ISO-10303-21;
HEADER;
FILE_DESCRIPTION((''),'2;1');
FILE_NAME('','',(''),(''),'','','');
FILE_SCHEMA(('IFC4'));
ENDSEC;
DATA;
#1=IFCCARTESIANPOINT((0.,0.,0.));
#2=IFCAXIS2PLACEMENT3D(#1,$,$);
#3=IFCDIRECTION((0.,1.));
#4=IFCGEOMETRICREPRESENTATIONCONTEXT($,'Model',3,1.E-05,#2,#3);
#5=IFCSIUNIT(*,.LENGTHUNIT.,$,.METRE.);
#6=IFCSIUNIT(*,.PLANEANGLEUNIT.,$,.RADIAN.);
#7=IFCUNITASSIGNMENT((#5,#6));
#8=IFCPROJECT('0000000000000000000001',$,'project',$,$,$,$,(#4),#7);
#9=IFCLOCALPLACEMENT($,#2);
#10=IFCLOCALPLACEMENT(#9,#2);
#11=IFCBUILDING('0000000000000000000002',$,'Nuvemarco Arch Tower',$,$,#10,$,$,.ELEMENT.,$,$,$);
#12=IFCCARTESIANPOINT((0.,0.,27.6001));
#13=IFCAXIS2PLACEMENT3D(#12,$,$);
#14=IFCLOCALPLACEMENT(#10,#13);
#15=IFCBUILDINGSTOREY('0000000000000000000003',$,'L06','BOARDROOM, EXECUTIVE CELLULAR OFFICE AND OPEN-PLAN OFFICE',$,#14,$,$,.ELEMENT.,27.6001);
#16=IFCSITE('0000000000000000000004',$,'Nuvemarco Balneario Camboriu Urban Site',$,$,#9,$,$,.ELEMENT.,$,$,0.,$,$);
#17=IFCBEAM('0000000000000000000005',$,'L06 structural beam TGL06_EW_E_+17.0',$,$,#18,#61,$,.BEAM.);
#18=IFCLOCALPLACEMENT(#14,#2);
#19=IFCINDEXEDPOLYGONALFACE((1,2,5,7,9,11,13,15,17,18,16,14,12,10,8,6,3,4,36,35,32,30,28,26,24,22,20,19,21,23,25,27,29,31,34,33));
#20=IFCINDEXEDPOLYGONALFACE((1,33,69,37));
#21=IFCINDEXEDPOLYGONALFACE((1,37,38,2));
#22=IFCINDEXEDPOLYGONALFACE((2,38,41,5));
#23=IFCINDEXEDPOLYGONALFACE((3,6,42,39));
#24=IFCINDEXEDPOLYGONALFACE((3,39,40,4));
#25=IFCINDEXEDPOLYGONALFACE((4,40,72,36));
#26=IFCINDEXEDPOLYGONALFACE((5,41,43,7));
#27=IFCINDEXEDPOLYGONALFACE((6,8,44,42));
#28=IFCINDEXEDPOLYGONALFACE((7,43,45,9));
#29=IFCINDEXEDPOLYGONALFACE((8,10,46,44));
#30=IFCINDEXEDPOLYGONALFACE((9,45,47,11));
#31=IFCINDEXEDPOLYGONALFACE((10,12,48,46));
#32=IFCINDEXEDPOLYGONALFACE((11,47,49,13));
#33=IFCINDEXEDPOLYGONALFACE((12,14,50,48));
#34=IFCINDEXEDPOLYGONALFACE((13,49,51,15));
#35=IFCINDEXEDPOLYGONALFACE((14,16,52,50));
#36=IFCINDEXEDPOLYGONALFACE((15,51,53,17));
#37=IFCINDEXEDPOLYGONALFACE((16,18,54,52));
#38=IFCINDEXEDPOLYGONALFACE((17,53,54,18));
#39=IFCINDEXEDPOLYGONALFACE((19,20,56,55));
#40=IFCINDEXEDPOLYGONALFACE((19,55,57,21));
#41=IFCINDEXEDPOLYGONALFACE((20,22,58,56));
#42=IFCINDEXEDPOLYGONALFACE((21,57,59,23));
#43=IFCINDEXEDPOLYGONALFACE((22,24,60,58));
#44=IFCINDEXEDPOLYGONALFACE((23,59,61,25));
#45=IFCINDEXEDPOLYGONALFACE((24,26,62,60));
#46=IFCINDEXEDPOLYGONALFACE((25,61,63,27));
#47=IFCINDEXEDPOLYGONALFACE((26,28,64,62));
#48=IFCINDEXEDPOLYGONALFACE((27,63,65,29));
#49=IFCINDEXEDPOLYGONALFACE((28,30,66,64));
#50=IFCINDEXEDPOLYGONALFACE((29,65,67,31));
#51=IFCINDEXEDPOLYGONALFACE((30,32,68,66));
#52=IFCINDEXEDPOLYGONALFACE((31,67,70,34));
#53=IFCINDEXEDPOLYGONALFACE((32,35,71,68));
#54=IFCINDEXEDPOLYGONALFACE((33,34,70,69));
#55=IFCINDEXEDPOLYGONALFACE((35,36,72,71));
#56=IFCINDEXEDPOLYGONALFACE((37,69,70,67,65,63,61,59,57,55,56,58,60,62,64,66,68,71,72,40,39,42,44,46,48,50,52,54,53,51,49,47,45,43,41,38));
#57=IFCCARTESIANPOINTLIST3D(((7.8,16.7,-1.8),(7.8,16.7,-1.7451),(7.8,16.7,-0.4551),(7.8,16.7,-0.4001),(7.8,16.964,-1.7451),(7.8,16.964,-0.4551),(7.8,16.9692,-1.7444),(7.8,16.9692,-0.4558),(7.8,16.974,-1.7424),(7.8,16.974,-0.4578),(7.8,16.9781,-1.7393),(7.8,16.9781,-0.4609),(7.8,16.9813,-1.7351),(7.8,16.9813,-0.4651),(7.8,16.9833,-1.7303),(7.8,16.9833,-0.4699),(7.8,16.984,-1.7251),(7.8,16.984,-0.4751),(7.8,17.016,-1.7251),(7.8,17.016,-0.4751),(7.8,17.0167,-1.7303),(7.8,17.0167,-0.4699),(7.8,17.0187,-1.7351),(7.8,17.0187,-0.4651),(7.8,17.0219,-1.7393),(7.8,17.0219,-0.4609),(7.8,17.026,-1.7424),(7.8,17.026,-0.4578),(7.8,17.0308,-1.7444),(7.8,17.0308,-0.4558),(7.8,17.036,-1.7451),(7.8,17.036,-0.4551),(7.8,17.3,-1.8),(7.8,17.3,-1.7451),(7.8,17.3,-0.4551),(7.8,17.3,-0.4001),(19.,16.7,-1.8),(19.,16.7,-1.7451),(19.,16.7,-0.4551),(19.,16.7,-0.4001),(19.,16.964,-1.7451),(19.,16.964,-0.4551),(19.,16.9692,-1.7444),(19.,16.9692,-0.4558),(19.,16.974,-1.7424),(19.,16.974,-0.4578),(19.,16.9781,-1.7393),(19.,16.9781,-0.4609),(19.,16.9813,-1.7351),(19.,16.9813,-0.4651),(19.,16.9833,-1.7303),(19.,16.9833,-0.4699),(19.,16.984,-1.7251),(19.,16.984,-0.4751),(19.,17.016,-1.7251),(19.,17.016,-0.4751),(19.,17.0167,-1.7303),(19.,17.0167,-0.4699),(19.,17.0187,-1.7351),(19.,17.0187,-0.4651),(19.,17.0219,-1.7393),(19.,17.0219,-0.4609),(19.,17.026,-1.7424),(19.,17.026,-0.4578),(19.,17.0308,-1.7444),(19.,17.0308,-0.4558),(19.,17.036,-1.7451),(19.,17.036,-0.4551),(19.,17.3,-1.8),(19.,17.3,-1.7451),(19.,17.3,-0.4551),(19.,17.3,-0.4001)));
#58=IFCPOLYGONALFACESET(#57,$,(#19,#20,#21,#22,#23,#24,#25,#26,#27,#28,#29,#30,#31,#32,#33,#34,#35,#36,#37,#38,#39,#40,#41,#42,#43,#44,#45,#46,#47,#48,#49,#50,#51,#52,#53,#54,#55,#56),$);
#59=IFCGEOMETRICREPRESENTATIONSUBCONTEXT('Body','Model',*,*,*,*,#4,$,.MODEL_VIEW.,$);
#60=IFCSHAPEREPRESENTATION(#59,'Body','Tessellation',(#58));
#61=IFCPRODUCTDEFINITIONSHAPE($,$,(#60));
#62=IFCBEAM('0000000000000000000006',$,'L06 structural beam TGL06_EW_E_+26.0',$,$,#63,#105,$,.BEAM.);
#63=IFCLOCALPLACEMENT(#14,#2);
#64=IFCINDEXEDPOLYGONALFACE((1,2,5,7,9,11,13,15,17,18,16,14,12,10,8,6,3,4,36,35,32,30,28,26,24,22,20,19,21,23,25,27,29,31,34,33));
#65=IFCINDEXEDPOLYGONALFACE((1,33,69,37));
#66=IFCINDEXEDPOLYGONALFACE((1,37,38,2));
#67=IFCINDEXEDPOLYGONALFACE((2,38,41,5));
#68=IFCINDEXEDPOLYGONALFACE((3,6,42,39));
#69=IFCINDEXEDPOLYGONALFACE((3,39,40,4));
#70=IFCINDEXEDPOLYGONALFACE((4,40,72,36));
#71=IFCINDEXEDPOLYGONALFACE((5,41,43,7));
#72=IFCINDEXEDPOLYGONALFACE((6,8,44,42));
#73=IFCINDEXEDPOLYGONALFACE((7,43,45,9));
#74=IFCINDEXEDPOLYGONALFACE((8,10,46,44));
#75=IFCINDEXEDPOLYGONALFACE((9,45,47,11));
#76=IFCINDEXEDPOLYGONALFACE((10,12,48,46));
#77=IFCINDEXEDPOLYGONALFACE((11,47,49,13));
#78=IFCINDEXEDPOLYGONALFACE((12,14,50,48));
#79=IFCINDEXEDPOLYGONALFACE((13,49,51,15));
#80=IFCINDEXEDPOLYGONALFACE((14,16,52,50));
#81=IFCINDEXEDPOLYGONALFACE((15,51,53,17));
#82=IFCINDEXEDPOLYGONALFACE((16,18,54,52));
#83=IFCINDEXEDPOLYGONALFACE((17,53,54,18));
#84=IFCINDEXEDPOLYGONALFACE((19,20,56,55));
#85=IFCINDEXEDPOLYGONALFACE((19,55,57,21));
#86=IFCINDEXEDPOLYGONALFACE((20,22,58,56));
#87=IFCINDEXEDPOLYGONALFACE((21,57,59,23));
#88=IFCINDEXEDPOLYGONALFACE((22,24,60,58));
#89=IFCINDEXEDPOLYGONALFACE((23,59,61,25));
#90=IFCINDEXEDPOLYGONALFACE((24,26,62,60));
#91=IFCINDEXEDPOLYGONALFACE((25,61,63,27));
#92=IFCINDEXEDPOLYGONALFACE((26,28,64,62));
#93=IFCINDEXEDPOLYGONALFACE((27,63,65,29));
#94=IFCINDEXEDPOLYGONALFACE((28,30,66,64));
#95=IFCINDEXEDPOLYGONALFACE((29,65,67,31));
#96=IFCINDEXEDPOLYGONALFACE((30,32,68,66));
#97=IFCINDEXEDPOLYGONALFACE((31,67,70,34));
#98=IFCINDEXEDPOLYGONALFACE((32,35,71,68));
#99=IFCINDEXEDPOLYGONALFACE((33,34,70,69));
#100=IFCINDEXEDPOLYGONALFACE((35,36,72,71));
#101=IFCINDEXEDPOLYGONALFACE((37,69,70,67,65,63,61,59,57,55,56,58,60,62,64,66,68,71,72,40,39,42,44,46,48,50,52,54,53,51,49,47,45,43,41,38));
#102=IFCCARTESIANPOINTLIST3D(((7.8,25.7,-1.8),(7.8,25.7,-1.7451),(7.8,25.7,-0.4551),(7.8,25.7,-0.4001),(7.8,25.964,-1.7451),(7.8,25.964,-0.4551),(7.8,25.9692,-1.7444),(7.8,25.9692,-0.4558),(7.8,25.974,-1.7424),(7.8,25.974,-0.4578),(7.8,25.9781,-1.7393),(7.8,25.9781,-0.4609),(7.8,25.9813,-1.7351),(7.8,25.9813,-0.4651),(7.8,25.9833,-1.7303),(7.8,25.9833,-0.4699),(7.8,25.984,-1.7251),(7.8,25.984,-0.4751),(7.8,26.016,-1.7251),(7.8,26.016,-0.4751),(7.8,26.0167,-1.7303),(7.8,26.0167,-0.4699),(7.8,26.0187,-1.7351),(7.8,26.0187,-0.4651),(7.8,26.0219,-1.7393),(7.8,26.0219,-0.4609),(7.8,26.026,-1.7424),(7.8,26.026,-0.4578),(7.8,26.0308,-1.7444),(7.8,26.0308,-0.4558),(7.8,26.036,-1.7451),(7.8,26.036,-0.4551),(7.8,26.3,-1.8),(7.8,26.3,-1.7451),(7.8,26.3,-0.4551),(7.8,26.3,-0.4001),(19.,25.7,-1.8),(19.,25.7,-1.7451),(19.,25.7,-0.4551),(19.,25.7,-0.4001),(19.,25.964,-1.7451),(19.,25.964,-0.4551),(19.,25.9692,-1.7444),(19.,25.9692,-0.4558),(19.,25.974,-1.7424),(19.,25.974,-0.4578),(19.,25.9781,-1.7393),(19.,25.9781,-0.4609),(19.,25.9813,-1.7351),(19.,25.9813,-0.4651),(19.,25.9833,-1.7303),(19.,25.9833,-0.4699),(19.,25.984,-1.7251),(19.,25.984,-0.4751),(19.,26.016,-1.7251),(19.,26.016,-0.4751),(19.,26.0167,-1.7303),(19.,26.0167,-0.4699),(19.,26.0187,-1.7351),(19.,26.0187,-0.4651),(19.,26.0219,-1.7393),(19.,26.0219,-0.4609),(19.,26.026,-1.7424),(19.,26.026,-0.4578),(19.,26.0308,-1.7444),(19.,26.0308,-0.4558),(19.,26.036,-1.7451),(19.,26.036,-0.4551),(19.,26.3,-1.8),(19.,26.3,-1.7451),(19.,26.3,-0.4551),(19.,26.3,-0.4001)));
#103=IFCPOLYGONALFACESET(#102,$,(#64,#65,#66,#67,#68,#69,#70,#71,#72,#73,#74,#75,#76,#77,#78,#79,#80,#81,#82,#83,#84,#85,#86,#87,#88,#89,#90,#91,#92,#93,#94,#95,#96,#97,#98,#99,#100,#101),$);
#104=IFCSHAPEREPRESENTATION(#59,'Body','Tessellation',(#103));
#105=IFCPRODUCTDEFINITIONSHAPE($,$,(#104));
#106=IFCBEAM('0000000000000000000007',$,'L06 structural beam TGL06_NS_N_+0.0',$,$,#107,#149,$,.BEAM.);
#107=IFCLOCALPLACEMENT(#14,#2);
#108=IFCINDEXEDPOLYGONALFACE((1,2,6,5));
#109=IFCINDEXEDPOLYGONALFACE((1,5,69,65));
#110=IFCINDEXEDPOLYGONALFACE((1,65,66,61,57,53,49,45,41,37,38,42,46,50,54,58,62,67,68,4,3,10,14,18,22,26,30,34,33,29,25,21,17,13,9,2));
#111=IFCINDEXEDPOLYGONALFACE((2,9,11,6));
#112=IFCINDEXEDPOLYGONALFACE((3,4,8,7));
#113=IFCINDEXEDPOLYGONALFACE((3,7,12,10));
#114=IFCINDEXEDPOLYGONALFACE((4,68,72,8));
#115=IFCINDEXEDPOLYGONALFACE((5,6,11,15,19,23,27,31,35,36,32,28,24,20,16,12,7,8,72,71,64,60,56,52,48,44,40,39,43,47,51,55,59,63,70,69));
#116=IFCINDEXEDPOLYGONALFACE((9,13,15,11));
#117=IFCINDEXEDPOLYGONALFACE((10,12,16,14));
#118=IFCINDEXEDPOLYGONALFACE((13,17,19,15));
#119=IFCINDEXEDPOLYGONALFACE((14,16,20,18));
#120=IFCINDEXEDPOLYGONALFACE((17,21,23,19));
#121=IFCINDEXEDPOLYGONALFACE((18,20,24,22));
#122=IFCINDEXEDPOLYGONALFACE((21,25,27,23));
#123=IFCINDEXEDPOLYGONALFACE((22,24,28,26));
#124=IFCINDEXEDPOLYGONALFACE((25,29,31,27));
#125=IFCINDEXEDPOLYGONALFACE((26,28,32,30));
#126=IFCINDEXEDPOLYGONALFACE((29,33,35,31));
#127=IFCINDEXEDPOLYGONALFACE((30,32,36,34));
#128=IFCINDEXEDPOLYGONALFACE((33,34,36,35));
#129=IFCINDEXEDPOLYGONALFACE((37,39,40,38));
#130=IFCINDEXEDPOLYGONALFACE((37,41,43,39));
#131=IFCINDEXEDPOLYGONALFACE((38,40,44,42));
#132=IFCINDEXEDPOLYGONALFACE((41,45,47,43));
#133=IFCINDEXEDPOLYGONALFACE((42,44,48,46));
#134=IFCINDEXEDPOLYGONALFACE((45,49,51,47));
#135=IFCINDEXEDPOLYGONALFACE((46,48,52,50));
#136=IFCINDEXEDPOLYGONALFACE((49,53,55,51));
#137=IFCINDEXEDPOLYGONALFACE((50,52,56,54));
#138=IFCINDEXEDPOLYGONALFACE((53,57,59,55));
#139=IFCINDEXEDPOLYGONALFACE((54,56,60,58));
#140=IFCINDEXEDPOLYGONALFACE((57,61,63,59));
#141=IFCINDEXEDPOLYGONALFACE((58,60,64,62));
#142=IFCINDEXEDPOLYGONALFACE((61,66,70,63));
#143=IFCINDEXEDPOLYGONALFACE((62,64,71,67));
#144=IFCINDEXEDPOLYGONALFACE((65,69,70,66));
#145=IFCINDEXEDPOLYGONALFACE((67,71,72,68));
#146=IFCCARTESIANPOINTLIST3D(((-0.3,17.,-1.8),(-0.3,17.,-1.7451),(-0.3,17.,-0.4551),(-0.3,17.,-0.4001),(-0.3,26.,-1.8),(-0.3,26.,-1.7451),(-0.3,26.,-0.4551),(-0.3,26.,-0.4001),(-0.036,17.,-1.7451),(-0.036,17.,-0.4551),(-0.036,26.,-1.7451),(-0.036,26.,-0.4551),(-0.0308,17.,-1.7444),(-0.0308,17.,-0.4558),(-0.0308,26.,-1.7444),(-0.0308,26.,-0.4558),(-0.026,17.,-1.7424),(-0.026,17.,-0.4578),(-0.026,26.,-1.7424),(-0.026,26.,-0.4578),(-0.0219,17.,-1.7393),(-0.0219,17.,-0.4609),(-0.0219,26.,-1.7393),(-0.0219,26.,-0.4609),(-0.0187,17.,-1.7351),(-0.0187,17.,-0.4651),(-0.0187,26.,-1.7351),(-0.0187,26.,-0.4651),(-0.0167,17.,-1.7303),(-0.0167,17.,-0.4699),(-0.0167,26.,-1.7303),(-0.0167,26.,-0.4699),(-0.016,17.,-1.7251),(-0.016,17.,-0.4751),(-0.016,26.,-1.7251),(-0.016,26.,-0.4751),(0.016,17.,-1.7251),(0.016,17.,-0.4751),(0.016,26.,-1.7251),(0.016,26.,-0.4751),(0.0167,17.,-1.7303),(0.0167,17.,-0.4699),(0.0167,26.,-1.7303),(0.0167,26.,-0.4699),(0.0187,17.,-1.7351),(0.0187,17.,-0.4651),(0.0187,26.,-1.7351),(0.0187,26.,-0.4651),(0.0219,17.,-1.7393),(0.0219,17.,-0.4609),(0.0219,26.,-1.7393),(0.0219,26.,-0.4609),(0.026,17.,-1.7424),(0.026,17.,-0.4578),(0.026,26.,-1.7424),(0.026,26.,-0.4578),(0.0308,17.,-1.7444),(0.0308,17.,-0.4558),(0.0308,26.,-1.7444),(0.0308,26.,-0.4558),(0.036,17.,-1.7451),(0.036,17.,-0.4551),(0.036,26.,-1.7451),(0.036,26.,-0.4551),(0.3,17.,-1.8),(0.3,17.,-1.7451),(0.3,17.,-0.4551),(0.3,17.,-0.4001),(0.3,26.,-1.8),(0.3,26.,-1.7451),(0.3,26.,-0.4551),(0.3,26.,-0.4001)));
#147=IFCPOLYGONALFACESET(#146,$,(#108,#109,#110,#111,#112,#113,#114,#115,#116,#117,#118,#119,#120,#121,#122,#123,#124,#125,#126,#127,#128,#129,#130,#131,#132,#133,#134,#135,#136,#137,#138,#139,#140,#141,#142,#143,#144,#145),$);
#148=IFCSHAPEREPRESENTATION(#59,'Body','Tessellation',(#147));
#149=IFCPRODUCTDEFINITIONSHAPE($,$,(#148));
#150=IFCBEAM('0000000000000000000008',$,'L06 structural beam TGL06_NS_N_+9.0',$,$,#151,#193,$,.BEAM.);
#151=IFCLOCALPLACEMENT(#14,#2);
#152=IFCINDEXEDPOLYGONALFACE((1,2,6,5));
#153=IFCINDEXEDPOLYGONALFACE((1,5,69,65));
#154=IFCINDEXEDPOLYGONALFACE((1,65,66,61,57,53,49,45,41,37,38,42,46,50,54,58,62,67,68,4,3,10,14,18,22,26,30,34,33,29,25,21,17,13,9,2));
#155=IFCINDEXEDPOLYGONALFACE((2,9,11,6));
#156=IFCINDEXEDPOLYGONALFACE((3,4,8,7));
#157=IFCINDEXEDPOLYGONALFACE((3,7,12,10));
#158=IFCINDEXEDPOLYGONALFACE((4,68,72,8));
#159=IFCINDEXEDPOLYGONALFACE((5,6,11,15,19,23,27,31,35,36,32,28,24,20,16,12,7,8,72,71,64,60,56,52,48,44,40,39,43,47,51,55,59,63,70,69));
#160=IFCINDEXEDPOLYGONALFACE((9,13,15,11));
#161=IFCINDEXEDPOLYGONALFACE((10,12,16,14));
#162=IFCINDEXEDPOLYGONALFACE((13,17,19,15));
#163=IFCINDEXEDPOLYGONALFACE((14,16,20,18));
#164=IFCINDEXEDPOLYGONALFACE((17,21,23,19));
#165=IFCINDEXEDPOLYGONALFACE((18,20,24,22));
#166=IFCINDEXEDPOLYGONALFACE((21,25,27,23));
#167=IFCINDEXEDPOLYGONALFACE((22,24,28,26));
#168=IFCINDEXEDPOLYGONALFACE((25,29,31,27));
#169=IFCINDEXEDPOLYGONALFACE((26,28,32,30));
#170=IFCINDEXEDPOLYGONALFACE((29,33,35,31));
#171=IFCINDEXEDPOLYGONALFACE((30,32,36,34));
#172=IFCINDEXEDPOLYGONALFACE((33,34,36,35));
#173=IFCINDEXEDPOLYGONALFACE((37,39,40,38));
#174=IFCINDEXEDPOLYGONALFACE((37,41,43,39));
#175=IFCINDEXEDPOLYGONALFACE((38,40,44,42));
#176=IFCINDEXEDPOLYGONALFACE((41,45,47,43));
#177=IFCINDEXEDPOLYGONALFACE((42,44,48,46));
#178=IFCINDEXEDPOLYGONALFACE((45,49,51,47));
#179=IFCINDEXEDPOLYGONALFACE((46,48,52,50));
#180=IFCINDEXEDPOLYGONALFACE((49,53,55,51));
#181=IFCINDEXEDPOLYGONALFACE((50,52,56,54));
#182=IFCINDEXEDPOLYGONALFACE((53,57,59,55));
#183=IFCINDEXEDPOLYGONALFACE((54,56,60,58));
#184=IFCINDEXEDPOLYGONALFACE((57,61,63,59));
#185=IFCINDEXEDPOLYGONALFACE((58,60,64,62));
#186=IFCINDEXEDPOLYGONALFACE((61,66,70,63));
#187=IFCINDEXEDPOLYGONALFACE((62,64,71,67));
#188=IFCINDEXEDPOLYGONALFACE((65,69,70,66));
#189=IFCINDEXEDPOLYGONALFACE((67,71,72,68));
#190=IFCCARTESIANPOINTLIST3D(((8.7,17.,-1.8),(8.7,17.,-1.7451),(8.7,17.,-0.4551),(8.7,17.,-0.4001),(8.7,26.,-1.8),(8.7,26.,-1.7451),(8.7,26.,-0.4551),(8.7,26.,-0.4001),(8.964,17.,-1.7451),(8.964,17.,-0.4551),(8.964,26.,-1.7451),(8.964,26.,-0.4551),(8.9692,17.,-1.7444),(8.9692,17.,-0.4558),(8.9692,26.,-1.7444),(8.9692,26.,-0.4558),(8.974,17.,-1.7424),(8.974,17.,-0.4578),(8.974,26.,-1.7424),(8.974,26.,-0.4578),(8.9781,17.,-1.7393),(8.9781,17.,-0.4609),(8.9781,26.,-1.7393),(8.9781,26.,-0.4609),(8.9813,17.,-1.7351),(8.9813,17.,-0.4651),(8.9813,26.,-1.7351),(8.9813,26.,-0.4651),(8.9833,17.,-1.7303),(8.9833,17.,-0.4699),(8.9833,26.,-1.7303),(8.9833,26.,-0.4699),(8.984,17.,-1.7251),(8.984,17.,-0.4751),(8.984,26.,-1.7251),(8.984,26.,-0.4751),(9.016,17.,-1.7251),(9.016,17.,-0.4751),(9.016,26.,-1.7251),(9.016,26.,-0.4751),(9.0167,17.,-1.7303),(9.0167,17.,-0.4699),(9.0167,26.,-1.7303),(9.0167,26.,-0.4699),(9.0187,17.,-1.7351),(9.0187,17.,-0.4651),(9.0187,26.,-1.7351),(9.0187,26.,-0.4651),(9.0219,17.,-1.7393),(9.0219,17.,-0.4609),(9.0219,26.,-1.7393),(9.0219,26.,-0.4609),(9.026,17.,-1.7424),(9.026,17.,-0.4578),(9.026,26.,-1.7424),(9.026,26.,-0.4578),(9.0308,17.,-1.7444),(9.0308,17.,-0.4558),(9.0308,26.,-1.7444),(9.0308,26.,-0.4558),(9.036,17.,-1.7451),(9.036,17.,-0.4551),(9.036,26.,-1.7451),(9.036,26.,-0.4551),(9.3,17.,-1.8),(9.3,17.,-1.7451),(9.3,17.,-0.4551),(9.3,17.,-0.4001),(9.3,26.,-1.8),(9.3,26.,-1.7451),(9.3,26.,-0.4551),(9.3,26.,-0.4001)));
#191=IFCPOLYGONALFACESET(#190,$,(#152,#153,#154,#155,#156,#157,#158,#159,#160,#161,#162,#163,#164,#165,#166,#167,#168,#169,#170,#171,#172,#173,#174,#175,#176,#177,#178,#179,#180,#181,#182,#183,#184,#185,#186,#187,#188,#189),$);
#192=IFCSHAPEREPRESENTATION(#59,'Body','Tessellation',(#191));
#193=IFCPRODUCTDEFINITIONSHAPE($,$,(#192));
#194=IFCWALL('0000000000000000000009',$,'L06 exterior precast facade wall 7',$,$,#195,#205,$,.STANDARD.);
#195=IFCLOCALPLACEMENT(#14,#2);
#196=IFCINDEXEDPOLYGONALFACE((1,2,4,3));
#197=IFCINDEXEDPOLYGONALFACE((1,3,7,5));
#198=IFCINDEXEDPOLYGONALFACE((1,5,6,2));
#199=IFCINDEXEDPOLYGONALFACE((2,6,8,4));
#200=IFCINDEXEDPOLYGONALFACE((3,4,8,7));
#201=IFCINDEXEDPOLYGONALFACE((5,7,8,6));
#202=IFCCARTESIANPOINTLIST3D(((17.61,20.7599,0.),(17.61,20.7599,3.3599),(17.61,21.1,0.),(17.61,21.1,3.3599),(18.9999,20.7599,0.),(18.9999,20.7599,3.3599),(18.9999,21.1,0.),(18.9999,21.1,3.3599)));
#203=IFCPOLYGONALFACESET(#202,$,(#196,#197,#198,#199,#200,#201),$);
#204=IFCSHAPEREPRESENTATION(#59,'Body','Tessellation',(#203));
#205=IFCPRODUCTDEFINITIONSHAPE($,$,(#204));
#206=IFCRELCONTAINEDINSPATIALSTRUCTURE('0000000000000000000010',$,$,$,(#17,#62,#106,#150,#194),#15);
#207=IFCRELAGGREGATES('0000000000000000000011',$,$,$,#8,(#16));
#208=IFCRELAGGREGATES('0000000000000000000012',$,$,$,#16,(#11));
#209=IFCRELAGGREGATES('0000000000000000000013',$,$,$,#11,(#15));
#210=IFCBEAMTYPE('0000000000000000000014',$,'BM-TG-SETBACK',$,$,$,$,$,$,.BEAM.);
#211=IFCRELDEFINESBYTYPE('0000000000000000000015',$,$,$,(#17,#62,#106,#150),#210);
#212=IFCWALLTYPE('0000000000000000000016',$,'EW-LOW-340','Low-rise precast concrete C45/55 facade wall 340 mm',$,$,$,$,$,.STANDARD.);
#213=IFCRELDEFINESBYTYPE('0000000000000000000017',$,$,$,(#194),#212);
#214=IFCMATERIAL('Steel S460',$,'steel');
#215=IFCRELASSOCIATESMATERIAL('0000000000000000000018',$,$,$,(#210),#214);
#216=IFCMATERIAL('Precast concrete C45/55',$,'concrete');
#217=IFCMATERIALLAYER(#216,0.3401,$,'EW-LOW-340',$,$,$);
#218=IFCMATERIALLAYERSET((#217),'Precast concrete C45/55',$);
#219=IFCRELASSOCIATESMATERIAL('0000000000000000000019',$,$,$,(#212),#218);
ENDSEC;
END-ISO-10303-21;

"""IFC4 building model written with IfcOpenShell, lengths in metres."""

from ifc_helpers import new_model, si_unit, direction, frame, frame_2d, origin, origin_2d, place, context, subcontext, project, spatial, rectangle, i_section, extrude, material, layer, layer_set, material_profile, profile_set, type_object, element, save


model = new_model("IFC4")

# Units and contexts
model_context = context("Model", 3, precision=1e-05, world=origin(), true_north=direction((0.0, 1.0)))
body_context = subcontext(model_context, "Body", "Model", "MODEL_VIEW")
ifc_project = project(units=[si_unit("LENGTHUNIT", "METRE"), si_unit("PLANEANGLEUNIT", "RADIAN")], contexts=[model_context])

# Site, building, storey
site_placement = place(None, origin())
site = spatial("IfcSite", under=ifc_project, at=site_placement, Name="Nuvemarco Balneario Camboriu Urban Site", CompositionType="ELEMENT", RefElevation=0.0)
building_placement = place(site_placement, origin())
building = spatial("IfcBuilding", under=site, at=building_placement, Name="Nuvemarco Arch Tower", CompositionType="ELEMENT")
storey_placement = place(building_placement, frame((0.0, 0.0, 27.6001)))
storey = spatial("IfcBuildingStorey", under=building, at=storey_placement, Name="L06", Description="BOARDROOM, EXECUTIVE CELLULAR OFFICE AND OPEN-PLAN OFFICE", CompositionType="ELEMENT", Elevation=27.6001)

# Shared definitions
ifc_material_1 = material(Name="Steel S460", Category="steel")

# Beams
ifc_material_2 = material(Name="Precast concrete C45/55", Category="concrete")
ifc_material_profile_1 = material_profile(ifc_material_1, i_section(OverallWidth=0.6001, OverallDepth=1.3999, WebThickness=0.032, FlangeThickness=0.0549, FilletRadius=0.02, at=origin_2d()), Name="PG1400x600")
ifc_profile_set_1 = profile_set([ifc_material_profile_1], Name="Steel S460")
beam_type_1 = type_object("IfcBeamType", Name="BM-TG-SETBACK", PredefinedType="BEAM", material=ifc_profile_set_1)
for number, where, z_axis, x_axis, name in (
    (1, (7.8, 17.0, -1.1001), (1.0, 0.0, 0.0), (0.0, 1.0, 0.0), "L06 structural beam TGL06_EW_E_+17.0"),
    (2, (7.8, 26.0, -1.1001), (1.0, 0.0, 0.0), (0.0, 1.0, 0.0), "L06 structural beam TGL06_EW_E_+26.0"),
):
    element("IfcBeam", number, at=place(storey_placement, frame(where, z_axis=z_axis, x_axis=x_axis)), inside=storey, type_object=beam_type_1, Name=name, PredefinedType="BEAM", context=body_context, shape_type="SweptSolid", body=[
        extrude(i_section(OverallWidth=0.6001, OverallDepth=1.3999, WebThickness=0.032, FlangeThickness=0.0549, FilletRadius=0.02, at=origin_2d()), origin(), (0.0, 0.0, 1.0), 11.2),
    ])
for number, where, z_axis, x_axis, name in (
    (3, (0.0, 17.0, -1.1001), (0.0, 1.0, 0.0), (-1.0, 0.0, 0.0), "L06 structural beam TGL06_NS_N_+0.0"),
    (4, (9.0, 17.0, -1.1001), (0.0, 1.0, 0.0), (-1.0, 0.0, 0.0), "L06 structural beam TGL06_NS_N_+9.0"),
):
    element("IfcBeam", number, at=place(storey_placement, frame(where, z_axis=z_axis, x_axis=x_axis)), inside=storey, type_object=beam_type_1, Name=name, PredefinedType="BEAM", context=body_context, shape_type="SweptSolid", body=[
        extrude(i_section(OverallWidth=0.6001, OverallDepth=1.3999, WebThickness=0.032, FlangeThickness=0.0549, FilletRadius=0.02, at=origin_2d()), origin(), (0.0, 0.0, 1.0), 9.0),
    ])

# Wall
ifc_layer_1 = layer(ifc_material_2, 0.3401, Name="EW-LOW-340")
ifc_layer_set_1 = layer_set([ifc_layer_1], Name="Precast concrete C45/55")
wall_type_1 = type_object("IfcWallType", Name="EW-LOW-340", Description="Low-rise precast concrete C45/55 facade wall 340 mm", PredefinedType="STANDARD", material=ifc_layer_set_1)
wall_1_placement = place(storey_placement, frame((17.6101, 20.9299, 0.0), z_axis=(0.0, 0.0, 1.0), x_axis=(1.0, 0.0, 0.0)))
element("IfcWall", 5, at=wall_1_placement, inside=storey, type_object=wall_type_1, Name="L06 exterior precast facade wall 7", PredefinedType="STANDARD", context=body_context, shape_type="SweptSolid", body=[
    extrude(rectangle(XDim=1.3899, YDim=0.3401, at=frame_2d((0.6948, 0.0))), origin(), (0.0, 0.0, 1.0), 3.3599),
])

save(model, "model.ifc")
